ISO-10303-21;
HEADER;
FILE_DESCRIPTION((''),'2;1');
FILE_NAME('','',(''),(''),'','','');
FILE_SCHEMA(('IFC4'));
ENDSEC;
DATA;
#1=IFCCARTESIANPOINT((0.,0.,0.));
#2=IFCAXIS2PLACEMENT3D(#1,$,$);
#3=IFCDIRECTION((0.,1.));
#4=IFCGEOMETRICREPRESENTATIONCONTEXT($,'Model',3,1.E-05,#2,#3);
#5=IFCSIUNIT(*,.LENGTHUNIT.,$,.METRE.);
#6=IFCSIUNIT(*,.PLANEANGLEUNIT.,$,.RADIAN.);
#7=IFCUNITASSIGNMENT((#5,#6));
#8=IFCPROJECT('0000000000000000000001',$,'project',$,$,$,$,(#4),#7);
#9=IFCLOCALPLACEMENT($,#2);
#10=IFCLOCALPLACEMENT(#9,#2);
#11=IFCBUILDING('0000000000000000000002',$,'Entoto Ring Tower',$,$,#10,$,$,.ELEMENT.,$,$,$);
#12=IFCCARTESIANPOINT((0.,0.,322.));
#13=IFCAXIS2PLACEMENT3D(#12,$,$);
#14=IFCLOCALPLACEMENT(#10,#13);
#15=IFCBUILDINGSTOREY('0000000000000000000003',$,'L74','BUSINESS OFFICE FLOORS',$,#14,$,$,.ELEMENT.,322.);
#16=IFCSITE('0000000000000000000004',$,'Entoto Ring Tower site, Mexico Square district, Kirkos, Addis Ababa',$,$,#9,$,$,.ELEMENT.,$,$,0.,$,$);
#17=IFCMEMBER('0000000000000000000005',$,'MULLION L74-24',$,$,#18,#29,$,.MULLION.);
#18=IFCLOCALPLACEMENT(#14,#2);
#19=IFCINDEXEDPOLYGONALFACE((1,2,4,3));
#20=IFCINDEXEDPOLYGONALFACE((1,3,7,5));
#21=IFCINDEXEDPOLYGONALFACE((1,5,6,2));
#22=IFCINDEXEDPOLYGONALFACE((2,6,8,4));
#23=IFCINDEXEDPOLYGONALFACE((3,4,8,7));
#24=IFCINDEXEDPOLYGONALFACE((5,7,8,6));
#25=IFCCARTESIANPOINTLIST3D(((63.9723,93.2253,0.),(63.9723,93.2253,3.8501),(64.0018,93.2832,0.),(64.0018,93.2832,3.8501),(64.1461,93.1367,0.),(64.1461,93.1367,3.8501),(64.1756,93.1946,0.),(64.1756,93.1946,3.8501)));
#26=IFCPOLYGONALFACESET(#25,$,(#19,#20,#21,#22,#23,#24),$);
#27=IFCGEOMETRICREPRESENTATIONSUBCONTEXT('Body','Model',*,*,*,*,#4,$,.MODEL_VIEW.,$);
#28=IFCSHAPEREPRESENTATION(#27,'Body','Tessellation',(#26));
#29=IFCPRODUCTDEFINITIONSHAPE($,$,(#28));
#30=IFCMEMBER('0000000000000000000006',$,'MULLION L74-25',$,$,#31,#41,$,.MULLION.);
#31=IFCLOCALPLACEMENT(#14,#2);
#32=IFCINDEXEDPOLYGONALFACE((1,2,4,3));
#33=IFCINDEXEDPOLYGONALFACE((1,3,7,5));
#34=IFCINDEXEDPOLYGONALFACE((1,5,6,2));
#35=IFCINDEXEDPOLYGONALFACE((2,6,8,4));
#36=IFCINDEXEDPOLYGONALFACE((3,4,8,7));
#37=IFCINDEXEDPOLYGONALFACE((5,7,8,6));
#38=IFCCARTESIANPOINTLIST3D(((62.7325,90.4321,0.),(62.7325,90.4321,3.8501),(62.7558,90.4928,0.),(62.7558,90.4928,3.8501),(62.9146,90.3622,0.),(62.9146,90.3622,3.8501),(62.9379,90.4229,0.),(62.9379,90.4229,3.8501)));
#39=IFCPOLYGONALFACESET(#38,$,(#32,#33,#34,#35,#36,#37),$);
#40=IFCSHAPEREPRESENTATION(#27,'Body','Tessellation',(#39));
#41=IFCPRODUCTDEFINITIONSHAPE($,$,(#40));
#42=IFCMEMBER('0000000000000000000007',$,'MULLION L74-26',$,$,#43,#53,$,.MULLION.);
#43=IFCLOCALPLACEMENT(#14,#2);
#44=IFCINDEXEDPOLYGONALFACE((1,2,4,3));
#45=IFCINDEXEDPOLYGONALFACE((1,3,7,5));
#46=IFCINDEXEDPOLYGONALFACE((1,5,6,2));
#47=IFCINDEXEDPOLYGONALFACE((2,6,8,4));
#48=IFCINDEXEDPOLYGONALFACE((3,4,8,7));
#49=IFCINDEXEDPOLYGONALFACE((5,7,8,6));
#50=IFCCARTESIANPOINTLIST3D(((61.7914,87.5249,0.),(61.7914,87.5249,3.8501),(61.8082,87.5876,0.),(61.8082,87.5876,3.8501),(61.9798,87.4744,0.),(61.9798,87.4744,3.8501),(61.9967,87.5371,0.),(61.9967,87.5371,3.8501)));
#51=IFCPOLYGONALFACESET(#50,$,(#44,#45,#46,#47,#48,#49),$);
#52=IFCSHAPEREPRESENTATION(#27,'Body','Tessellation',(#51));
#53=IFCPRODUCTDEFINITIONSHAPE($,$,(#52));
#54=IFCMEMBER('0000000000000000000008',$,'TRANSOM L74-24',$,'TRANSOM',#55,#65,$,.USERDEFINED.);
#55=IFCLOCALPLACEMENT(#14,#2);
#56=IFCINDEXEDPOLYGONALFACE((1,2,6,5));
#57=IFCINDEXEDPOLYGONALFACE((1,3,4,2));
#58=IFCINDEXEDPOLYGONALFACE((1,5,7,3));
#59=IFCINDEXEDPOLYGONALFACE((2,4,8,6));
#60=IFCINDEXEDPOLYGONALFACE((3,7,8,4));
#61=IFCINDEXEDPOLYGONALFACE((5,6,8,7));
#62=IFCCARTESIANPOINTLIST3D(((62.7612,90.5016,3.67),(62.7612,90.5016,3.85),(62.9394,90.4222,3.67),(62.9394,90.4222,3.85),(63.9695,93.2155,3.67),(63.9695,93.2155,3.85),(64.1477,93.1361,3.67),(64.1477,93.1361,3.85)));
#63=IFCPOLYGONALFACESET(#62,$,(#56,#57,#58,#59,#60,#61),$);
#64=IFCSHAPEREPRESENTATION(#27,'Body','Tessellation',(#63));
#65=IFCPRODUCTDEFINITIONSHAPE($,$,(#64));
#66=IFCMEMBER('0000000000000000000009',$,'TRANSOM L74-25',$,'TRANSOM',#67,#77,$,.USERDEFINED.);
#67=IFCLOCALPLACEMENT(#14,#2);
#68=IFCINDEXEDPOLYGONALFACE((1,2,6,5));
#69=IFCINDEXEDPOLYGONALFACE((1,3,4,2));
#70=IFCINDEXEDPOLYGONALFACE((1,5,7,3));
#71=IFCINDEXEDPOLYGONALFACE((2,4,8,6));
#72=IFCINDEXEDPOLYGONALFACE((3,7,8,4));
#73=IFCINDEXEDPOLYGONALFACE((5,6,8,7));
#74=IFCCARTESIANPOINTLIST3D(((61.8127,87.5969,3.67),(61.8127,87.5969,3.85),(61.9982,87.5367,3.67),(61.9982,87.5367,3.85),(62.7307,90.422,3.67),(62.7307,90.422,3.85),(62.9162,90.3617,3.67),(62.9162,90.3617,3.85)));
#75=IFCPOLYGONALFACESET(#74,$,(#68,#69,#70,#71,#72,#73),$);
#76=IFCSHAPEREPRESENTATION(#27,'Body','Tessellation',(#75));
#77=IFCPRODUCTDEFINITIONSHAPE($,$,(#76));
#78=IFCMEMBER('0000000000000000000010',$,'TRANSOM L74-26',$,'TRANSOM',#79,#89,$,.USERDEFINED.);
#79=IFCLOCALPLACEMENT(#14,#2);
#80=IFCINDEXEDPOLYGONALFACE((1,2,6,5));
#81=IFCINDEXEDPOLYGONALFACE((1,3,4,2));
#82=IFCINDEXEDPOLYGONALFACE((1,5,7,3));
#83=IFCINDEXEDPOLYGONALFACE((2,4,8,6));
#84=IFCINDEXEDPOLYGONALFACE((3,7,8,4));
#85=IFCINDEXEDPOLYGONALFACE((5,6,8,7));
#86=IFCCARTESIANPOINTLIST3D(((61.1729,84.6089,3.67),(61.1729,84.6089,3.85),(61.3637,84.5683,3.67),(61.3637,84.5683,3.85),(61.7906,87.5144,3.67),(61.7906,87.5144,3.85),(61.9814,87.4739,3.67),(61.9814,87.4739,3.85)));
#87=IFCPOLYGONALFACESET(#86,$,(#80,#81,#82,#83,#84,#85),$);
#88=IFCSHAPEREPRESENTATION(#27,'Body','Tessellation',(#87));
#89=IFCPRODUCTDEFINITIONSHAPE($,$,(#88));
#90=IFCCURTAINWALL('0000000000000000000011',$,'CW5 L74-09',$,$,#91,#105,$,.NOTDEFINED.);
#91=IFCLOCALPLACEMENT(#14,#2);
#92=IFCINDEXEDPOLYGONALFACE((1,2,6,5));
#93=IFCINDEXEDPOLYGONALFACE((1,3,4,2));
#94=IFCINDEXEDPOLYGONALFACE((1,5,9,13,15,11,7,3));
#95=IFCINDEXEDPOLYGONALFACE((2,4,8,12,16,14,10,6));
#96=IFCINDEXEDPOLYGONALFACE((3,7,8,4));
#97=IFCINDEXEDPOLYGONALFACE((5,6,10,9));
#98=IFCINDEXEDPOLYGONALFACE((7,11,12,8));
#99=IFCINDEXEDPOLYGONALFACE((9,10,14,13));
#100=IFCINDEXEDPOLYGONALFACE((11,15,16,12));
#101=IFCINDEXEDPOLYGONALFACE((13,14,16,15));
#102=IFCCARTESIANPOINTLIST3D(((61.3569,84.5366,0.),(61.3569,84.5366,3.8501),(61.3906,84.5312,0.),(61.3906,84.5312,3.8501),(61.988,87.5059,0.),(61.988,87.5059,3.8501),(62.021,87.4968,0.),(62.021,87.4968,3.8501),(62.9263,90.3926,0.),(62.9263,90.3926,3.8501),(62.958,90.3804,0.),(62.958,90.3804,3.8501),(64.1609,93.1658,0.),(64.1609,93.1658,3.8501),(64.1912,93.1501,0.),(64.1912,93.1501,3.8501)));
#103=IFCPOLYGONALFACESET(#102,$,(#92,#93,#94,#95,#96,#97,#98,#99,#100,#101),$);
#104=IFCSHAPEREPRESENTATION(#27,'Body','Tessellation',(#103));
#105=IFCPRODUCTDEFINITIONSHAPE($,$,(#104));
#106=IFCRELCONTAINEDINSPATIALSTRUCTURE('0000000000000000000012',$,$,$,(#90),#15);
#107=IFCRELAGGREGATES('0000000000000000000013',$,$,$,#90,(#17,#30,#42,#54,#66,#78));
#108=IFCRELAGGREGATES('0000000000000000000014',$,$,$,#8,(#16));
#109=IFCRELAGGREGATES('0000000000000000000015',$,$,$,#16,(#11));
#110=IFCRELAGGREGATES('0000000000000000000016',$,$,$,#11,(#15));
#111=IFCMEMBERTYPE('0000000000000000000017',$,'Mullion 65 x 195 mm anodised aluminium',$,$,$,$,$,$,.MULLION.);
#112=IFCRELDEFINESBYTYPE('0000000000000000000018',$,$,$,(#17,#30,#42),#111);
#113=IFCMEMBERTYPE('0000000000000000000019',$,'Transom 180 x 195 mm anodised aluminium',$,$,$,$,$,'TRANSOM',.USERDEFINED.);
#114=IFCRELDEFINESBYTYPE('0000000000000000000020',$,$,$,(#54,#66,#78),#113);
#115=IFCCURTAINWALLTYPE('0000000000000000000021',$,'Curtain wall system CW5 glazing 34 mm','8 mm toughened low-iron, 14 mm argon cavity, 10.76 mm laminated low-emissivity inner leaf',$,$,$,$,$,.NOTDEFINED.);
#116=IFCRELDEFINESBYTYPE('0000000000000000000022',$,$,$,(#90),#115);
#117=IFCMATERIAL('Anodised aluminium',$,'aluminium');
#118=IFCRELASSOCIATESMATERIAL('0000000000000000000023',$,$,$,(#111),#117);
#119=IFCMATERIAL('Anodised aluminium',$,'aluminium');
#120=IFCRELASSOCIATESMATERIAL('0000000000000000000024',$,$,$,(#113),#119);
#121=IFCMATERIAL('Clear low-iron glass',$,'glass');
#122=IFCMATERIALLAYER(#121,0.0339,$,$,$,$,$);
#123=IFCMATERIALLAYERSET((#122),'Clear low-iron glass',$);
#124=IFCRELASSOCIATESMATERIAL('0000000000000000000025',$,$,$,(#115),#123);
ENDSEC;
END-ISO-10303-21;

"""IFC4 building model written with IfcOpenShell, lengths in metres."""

from ifc_helpers import new_model, si_unit, direction, frame, origin, origin_2d, place, context, subcontext, project, spatial, polyline, rectangle, outline, extrude, material, layer, layer_set, material_profile, profile_set, type_object, element, aggregate, save


model = new_model("IFC4")

# Units and contexts
model_context = context("Model", 3, precision=1e-05, world=origin(), true_north=direction((0.0, 1.0)))
body_context = subcontext(model_context, "Body", "Model", "MODEL_VIEW")
ifc_project = project(units=[si_unit("LENGTHUNIT", "METRE"), si_unit("PLANEANGLEUNIT", "RADIAN")], contexts=[model_context])

# Members
ifc_material_1 = material(Name="Anodised aluminium", Category="aluminium")
ifc_material_profile_1 = material_profile(ifc_material_1, rectangle(XDim=0.0649, YDim=0.1951, at=origin_2d()), Name="Mullion 65 x 195 mm anodised aluminium")
ifc_profile_set_1 = profile_set([ifc_material_profile_1], Name="Anodised aluminium")
member_type_1 = type_object("IfcMemberType", Name="Mullion 65 x 195 mm anodised aluminium", PredefinedType="MULLION", material=ifc_profile_set_1)
site_placement = place(None, origin())
building_placement = place(site_placement, origin())
storey_placement = place(building_placement, frame((0.0, 0.0, 322.0)))
member_1_placement = place(storey_placement, frame((64.074, 93.21, 0.0), z_axis=(0.0, 0.0, 1.0), x_axis=(-0.45399, -0.891007, 0.0)))
member_1 = element("IfcMember", 1, at=member_1_placement, type_object=member_type_1, Name="MULLION L74-24", PredefinedType="MULLION", context=body_context, shape_type="SweptSolid", body=[
    extrude(rectangle(XDim=0.0649, YDim=0.1951, at=origin_2d()), origin(), (0.0, 0.0, 1.0), 3.8501),
])
member_2_placement = place(storey_placement, frame((62.8352, 90.4275, 0.0), z_axis=(0.0, 0.0, 1.0), x_axis=(-0.358368, -0.93358, 0.0)))
member_2 = element("IfcMember", 2, at=member_2_placement, type_object=member_type_1, Name="MULLION L74-25", PredefinedType="MULLION", context=body_context, shape_type="SweptSolid", body=[
    extrude(rectangle(XDim=0.0649, YDim=0.1951, at=origin_2d()), origin(), (0.0, 0.0, 1.0), 3.8501),
])
member_3_placement = place(storey_placement, frame((61.894, 87.531, 0.0), z_axis=(0.0, 0.0, 1.0), x_axis=(-0.258819, -0.965926, 0.0)))
member_3 = element("IfcMember", 3, at=member_3_placement, type_object=member_type_1, Name="MULLION L74-26", PredefinedType="MULLION", context=body_context, shape_type="SweptSolid", body=[
    extrude(rectangle(XDim=0.0649, YDim=0.1951, at=origin_2d()), origin(), (0.0, 0.0, 1.0), 3.8501),
])
ifc_material_2 = material(Name="Anodised aluminium", Category="aluminium")
ifc_material_profile_2 = material_profile(ifc_material_2, rectangle(XDim=0.1951, YDim=0.1799, at=origin_2d()), Name="Transom 180 x 195 mm anodised aluminium")
ifc_profile_set_2 = profile_set([ifc_material_profile_2], Name="Anodised aluminium")
member_type_2 = type_object("IfcMemberType", Name="Transom 180 x 195 mm anodised aluminium", ElementType="TRANSOM", PredefinedType="USERDEFINED", material=ifc_profile_set_2)
member_4_placement = place(storey_placement, frame((64.0586, 93.1758, 3.76), z_axis=(-0.406726, -0.91355, 0.0), x_axis=(0.91355, -0.406726, 0.0)))
member_4 = element("IfcMember", 4, at=member_4_placement, type_object=member_type_2, Name="TRANSOM L74-24", ObjectType="TRANSOM", PredefinedType="USERDEFINED", context=body_context, shape_type="SweptSolid", body=[
    extrude(rectangle(XDim=0.1951, YDim=0.1799, at=origin_2d()), origin(), (0.0, 0.0, 1.0), 2.9707),
])
member_5_placement = place(storey_placement, frame((62.8235, 90.3918, 3.76), z_axis=(-0.309043, -0.951048, 0.0), x_axis=(0.951048, -0.309043, 0.0)))
member_5 = element("IfcMember", 5, at=member_5_placement, type_object=member_type_2, Name="TRANSOM L74-25", ObjectType="TRANSOM", PredefinedType="USERDEFINED", context=body_context, shape_type="SweptSolid", body=[
    extrude(rectangle(XDim=0.1951, YDim=0.1799, at=origin_2d()), origin(), (0.0, 0.0, 1.0), 2.9705),
])
member_6_placement = place(storey_placement, frame((61.886, 87.4941, 3.76), z_axis=(-0.20794, -0.978142, 0.0), x_axis=(0.978142, -0.20794, 0.0)))
member_6 = element("IfcMember", 6, at=member_6_placement, type_object=member_type_2, Name="TRANSOM L74-26", ObjectType="TRANSOM", PredefinedType="USERDEFINED", context=body_context, shape_type="SweptSolid", body=[
    extrude(rectangle(XDim=0.1951, YDim=0.1799, at=origin_2d()), origin(), (0.0, 0.0, 1.0), 2.9705),
])

# Site, building, storey
site = spatial("IfcSite", under=ifc_project, at=site_placement, Name="Entoto Ring Tower site, Mexico Square district, Kirkos, Addis Ababa", CompositionType="ELEMENT", RefElevation=0.0)
building = spatial("IfcBuilding", under=site, at=building_placement, Name="Entoto Ring Tower", CompositionType="ELEMENT")
storey = spatial("IfcBuildingStorey", under=building, at=storey_placement, Name="L74", Description="BUSINESS OFFICE FLOORS", CompositionType="ELEMENT", Elevation=322.0)

# Curtain wall
ifc_material_3 = material(Name="Clear low-iron glass", Category="glass")
ifc_layer = layer(ifc_material_3, 0.0339)
ifc_layer_set = layer_set([ifc_layer], Name="Clear low-iron glass")
curtain_wall_type = type_object("IfcCurtainWallType", Name="Curtain wall system CW5 glazing 34 mm", Description="8 mm toughened low-iron, 14 mm argon cavity, 10.76 mm laminated low-emissivity inner leaf", PredefinedType="NOTDEFINED", material=ifc_layer_set)
curtain_wall_1_placement = place(storey_placement, origin())
curtain_wall_1 = element("IfcCurtainWall", 7, at=curtain_wall_1_placement, inside=storey, type_object=curtain_wall_type, Name="CW5 L74-09", PredefinedType="NOTDEFINED", context=body_context, shape_type="SweptSolid", body=[
    extrude(outline(polyline([(64.1609, 93.1658), (62.9263, 90.3926), (61.988, 87.5059), (61.3569, 84.5366), (61.3906, 84.5312), (62.021, 87.4968), (62.958, 90.3804), (64.1912, 93.1501), (64.1609, 93.1658)])), origin(), (0.0, 0.0, 1.0), 3.8501),
])
aggregate(curtain_wall_1, [member_1, member_2, member_3, member_4, member_5, member_6])

save(model, "model.ifc")
